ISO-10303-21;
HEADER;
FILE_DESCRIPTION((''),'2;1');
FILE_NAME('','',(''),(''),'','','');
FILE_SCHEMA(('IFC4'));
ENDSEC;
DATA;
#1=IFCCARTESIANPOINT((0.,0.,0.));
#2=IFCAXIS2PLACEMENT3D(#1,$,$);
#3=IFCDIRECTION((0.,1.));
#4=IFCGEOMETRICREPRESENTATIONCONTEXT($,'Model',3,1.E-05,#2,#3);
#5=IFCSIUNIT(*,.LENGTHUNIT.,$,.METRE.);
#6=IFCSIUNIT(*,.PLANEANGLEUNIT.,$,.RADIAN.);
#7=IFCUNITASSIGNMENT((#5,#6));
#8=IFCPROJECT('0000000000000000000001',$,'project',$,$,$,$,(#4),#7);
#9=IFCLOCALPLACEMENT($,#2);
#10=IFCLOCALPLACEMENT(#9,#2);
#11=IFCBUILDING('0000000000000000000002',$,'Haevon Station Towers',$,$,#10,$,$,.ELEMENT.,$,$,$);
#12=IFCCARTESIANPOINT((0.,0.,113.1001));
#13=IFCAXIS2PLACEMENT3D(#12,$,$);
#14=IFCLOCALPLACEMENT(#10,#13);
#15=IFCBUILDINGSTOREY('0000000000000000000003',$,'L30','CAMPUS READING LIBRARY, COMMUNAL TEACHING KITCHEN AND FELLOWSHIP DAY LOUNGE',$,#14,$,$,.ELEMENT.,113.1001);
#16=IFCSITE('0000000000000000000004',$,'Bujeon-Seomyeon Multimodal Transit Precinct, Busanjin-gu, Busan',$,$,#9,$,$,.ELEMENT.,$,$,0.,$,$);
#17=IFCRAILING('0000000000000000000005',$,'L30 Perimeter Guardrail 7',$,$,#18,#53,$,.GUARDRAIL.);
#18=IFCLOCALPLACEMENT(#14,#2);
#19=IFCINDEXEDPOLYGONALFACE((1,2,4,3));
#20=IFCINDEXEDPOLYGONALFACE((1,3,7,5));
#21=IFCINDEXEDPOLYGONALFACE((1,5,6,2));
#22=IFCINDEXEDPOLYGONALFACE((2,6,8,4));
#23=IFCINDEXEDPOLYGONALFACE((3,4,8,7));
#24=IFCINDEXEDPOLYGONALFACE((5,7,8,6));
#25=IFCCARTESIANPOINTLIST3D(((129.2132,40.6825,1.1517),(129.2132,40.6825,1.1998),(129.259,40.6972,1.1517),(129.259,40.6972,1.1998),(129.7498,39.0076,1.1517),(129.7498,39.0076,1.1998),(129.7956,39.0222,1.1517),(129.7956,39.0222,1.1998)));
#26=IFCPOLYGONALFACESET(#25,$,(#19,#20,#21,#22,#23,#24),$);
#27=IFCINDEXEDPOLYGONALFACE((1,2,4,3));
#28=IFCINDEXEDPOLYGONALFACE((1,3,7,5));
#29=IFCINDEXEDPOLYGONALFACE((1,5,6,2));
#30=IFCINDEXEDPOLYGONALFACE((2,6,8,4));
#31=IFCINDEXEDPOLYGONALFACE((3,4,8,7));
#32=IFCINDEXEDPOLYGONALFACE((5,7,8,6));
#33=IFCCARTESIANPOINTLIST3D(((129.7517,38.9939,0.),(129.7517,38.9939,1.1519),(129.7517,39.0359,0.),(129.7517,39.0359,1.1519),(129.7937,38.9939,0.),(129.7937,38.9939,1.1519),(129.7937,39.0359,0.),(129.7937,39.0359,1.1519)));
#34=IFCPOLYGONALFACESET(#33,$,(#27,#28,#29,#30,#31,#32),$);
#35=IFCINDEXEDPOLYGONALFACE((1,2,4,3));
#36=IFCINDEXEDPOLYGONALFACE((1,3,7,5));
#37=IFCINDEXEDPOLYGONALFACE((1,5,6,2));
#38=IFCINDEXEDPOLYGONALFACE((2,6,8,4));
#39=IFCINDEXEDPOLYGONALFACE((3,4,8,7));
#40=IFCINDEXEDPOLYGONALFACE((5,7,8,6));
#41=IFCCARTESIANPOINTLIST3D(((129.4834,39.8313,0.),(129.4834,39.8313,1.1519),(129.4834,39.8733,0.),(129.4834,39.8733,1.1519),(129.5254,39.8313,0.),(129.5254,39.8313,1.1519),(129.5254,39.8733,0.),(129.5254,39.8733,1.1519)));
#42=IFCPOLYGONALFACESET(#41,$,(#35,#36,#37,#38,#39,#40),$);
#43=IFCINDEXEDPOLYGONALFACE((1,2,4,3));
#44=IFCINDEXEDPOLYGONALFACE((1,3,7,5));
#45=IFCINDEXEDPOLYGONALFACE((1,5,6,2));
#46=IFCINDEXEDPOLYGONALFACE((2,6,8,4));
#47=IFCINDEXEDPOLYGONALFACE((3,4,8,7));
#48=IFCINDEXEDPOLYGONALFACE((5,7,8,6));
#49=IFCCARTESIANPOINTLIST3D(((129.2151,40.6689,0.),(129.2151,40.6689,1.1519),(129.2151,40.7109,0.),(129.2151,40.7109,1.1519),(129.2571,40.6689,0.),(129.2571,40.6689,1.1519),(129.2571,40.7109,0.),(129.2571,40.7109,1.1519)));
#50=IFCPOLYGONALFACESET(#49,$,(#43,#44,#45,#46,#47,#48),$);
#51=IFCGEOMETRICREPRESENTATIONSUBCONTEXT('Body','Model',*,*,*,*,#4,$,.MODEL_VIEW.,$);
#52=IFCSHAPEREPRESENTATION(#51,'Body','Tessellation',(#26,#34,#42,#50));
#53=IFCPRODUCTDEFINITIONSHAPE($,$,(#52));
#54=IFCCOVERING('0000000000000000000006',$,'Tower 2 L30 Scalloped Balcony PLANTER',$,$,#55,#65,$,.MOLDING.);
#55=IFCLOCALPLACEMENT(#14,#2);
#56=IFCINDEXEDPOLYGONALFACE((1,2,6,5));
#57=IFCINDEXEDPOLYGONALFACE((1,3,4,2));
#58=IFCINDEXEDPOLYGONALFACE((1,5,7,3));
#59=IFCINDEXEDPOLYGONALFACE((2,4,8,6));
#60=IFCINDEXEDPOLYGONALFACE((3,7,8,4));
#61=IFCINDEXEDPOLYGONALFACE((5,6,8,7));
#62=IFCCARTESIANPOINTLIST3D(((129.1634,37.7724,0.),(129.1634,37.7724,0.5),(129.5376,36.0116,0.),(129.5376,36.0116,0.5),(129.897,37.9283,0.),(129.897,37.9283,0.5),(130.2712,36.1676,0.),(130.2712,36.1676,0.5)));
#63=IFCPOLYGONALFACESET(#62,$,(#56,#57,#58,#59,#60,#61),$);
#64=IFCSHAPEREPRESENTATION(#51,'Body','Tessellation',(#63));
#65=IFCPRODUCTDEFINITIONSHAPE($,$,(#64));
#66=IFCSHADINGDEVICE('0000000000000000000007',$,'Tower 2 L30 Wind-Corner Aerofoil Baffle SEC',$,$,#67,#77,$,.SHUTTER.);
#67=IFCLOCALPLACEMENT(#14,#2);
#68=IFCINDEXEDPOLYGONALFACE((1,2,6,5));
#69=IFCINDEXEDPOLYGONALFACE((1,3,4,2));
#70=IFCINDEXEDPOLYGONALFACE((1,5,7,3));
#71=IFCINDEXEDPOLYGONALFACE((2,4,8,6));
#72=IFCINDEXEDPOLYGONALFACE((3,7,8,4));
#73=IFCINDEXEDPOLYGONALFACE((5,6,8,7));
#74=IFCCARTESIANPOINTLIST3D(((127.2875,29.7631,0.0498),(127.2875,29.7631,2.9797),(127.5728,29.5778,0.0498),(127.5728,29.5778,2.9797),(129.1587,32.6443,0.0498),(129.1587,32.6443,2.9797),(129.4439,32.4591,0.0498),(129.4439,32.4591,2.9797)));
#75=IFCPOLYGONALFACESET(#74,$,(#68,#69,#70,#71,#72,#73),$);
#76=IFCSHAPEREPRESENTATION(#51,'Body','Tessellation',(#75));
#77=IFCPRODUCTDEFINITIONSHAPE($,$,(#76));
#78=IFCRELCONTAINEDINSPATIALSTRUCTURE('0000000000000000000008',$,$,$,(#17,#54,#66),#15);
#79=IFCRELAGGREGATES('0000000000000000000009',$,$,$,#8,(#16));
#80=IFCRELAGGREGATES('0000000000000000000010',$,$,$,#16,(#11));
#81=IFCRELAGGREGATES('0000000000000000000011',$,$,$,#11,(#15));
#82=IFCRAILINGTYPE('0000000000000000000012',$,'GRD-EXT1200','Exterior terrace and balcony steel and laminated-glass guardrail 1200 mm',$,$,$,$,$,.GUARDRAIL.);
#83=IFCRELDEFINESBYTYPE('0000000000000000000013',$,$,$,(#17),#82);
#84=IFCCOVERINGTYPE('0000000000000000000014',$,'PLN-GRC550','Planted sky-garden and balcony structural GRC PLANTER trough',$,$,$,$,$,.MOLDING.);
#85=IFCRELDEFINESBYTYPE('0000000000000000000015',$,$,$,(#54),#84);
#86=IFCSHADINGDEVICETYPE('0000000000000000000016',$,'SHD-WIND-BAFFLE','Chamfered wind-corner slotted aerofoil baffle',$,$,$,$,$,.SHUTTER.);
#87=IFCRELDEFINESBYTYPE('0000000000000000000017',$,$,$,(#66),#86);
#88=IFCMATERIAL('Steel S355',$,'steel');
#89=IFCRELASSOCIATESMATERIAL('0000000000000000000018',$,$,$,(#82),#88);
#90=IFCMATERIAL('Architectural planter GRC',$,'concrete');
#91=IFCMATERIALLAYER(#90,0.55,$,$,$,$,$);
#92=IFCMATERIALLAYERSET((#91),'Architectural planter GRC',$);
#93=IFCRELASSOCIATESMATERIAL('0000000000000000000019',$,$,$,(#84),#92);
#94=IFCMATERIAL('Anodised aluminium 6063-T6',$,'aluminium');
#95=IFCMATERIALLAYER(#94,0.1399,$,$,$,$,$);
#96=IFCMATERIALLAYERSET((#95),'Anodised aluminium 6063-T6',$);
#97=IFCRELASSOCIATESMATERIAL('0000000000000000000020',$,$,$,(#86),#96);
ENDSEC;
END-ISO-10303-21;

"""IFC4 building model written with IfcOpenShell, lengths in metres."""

from ifc_helpers import new_model, si_unit, direction, frame, origin, origin_2d, place, context, subcontext, project, spatial, rectangle, extrude, material, layer, layer_set, type_object, element, save


model = new_model("IFC4")

# Units and contexts
model_context = context("Model", 3, precision=1e-05, world=origin(), true_north=direction((0.0, 1.0)))
body_context = subcontext(model_context, "Body", "Model", "MODEL_VIEW")
ifc_project = project(units=[si_unit("LENGTHUNIT", "METRE"), si_unit("PLANEANGLEUNIT", "RADIAN")], contexts=[model_context])

# Site, building, storey
site_placement = place(None, origin())
site = spatial("IfcSite", under=ifc_project, at=site_placement, Name="Bujeon-Seomyeon Multimodal Transit Precinct, Busanjin-gu, Busan", CompositionType="ELEMENT", RefElevation=0.0)
building_placement = place(site_placement, origin())
building = spatial("IfcBuilding", under=site, at=building_placement, Name="Haevon Station Towers", CompositionType="ELEMENT")
storey_placement = place(building_placement, frame((0.0, 0.0, 113.1001)))
storey = spatial("IfcBuildingStorey", under=building, at=storey_placement, Name="L30", Description="CAMPUS READING LIBRARY, COMMUNAL TEACHING KITCHEN AND FELLOWSHIP DAY LOUNGE", CompositionType="ELEMENT", Elevation=113.1001)

# Shared definitions
ifc_material_1 = material(Name="Steel S355", Category="steel")

# Railing
railing_type = type_object("IfcRailingType", Name="GRD-EXT1200", Description="Exterior terrace and balcony steel and laminated-glass guardrail 1200 mm", PredefinedType="GUARDRAIL", material=ifc_material_1)
railing_1_placement = place(storey_placement, frame((129.7727, 39.0149, 0.0)))
element("IfcRailing", 1, at=railing_1_placement, inside=storey, type_object=railing_type, Name="L30 Perimeter Guardrail 7", PredefinedType="GUARDRAIL", context=body_context, shape_type="SweptSolid", body=[
    extrude(rectangle(XDim=0.0481, YDim=0.0481, at=origin_2d()), frame((0.0, 0.0, 1.1758), z_axis=(-0.305088, 0.952324, 0.0), x_axis=(-0.952324, -0.305088, 0.0)), (0.0, 0.0, 1.0), 1.7588),
    extrude(rectangle(XDim=0.042, YDim=0.042, at=origin_2d()), origin(), (0.0, 0.0, 1.0), 1.1519),
    extrude(rectangle(XDim=0.042, YDim=0.042, at=origin_2d()), frame((-0.2683, 0.8374, 0.0)), (0.0, 0.0, 1.0), 1.1519),
    extrude(rectangle(XDim=0.042, YDim=0.042, at=origin_2d()), frame((-0.5366, 1.675, 0.0)), (0.0, 0.0, 1.0), 1.1519),
])

# Covering
ifc_material_2 = material(Name="Architectural planter GRC", Category="concrete")
ifc_layer_1 = layer(ifc_material_2, 0.55)
ifc_layer_set_1 = layer_set([ifc_layer_1], Name="Architectural planter GRC")
covering_type = type_object("IfcCoveringType", Name="PLN-GRC550", Description="Planted sky-garden and balcony structural GRC PLANTER trough", PredefinedType="MOLDING", material=ifc_layer_set_1)
covering_placement = place(storey_placement, frame((129.7173, 36.97, 0.0), z_axis=(0.0, 0.0, 1.0), x_axis=(0.978148, 0.207912, 0.0)))
element("IfcCovering", 2, at=covering_placement, inside=storey, type_object=covering_type, Name="Tower 2 L30 Scalloped Balcony PLANTER", PredefinedType="MOLDING", context=body_context, shape_type="SweptSolid", body=[
    extrude(rectangle(XDim=0.75, YDim=1.8, at=origin_2d()), origin(), (0.0, 0.0, 1.0), 0.5),
])

# Shading device
ifc_material_3 = material(Name="Anodised aluminium 6063-T6", Category="aluminium")
ifc_layer_2 = layer(ifc_material_3, 0.1399)
ifc_layer_set_2 = layer_set([ifc_layer_2], Name="Anodised aluminium 6063-T6")
shading_device_type = type_object("IfcShadingDeviceType", Name="SHD-WIND-BAFFLE", Description="Chamfered wind-corner slotted aerofoil baffle", PredefinedType="SHUTTER", material=ifc_layer_set_2)
shading_device_placement = place(storey_placement, frame((128.3657, 31.1111, 0.0498), z_axis=(0.0, 0.0, 1.0), x_axis=(-0.544639, -0.838671, 0.0)))
element("IfcShadingDevice", 3, at=shading_device_placement, inside=storey, type_object=shading_device_type, Name="Tower 2 L30 Wind-Corner Aerofoil Baffle SEC", PredefinedType="SHUTTER", context=body_context, shape_type="SweptSolid", body=[
    extrude(rectangle(XDim=3.4355, YDim=0.3401, at=origin_2d()), origin(), (0.0, 0.0, 1.0), 2.9299),
])

save(model, "model.ifc")
